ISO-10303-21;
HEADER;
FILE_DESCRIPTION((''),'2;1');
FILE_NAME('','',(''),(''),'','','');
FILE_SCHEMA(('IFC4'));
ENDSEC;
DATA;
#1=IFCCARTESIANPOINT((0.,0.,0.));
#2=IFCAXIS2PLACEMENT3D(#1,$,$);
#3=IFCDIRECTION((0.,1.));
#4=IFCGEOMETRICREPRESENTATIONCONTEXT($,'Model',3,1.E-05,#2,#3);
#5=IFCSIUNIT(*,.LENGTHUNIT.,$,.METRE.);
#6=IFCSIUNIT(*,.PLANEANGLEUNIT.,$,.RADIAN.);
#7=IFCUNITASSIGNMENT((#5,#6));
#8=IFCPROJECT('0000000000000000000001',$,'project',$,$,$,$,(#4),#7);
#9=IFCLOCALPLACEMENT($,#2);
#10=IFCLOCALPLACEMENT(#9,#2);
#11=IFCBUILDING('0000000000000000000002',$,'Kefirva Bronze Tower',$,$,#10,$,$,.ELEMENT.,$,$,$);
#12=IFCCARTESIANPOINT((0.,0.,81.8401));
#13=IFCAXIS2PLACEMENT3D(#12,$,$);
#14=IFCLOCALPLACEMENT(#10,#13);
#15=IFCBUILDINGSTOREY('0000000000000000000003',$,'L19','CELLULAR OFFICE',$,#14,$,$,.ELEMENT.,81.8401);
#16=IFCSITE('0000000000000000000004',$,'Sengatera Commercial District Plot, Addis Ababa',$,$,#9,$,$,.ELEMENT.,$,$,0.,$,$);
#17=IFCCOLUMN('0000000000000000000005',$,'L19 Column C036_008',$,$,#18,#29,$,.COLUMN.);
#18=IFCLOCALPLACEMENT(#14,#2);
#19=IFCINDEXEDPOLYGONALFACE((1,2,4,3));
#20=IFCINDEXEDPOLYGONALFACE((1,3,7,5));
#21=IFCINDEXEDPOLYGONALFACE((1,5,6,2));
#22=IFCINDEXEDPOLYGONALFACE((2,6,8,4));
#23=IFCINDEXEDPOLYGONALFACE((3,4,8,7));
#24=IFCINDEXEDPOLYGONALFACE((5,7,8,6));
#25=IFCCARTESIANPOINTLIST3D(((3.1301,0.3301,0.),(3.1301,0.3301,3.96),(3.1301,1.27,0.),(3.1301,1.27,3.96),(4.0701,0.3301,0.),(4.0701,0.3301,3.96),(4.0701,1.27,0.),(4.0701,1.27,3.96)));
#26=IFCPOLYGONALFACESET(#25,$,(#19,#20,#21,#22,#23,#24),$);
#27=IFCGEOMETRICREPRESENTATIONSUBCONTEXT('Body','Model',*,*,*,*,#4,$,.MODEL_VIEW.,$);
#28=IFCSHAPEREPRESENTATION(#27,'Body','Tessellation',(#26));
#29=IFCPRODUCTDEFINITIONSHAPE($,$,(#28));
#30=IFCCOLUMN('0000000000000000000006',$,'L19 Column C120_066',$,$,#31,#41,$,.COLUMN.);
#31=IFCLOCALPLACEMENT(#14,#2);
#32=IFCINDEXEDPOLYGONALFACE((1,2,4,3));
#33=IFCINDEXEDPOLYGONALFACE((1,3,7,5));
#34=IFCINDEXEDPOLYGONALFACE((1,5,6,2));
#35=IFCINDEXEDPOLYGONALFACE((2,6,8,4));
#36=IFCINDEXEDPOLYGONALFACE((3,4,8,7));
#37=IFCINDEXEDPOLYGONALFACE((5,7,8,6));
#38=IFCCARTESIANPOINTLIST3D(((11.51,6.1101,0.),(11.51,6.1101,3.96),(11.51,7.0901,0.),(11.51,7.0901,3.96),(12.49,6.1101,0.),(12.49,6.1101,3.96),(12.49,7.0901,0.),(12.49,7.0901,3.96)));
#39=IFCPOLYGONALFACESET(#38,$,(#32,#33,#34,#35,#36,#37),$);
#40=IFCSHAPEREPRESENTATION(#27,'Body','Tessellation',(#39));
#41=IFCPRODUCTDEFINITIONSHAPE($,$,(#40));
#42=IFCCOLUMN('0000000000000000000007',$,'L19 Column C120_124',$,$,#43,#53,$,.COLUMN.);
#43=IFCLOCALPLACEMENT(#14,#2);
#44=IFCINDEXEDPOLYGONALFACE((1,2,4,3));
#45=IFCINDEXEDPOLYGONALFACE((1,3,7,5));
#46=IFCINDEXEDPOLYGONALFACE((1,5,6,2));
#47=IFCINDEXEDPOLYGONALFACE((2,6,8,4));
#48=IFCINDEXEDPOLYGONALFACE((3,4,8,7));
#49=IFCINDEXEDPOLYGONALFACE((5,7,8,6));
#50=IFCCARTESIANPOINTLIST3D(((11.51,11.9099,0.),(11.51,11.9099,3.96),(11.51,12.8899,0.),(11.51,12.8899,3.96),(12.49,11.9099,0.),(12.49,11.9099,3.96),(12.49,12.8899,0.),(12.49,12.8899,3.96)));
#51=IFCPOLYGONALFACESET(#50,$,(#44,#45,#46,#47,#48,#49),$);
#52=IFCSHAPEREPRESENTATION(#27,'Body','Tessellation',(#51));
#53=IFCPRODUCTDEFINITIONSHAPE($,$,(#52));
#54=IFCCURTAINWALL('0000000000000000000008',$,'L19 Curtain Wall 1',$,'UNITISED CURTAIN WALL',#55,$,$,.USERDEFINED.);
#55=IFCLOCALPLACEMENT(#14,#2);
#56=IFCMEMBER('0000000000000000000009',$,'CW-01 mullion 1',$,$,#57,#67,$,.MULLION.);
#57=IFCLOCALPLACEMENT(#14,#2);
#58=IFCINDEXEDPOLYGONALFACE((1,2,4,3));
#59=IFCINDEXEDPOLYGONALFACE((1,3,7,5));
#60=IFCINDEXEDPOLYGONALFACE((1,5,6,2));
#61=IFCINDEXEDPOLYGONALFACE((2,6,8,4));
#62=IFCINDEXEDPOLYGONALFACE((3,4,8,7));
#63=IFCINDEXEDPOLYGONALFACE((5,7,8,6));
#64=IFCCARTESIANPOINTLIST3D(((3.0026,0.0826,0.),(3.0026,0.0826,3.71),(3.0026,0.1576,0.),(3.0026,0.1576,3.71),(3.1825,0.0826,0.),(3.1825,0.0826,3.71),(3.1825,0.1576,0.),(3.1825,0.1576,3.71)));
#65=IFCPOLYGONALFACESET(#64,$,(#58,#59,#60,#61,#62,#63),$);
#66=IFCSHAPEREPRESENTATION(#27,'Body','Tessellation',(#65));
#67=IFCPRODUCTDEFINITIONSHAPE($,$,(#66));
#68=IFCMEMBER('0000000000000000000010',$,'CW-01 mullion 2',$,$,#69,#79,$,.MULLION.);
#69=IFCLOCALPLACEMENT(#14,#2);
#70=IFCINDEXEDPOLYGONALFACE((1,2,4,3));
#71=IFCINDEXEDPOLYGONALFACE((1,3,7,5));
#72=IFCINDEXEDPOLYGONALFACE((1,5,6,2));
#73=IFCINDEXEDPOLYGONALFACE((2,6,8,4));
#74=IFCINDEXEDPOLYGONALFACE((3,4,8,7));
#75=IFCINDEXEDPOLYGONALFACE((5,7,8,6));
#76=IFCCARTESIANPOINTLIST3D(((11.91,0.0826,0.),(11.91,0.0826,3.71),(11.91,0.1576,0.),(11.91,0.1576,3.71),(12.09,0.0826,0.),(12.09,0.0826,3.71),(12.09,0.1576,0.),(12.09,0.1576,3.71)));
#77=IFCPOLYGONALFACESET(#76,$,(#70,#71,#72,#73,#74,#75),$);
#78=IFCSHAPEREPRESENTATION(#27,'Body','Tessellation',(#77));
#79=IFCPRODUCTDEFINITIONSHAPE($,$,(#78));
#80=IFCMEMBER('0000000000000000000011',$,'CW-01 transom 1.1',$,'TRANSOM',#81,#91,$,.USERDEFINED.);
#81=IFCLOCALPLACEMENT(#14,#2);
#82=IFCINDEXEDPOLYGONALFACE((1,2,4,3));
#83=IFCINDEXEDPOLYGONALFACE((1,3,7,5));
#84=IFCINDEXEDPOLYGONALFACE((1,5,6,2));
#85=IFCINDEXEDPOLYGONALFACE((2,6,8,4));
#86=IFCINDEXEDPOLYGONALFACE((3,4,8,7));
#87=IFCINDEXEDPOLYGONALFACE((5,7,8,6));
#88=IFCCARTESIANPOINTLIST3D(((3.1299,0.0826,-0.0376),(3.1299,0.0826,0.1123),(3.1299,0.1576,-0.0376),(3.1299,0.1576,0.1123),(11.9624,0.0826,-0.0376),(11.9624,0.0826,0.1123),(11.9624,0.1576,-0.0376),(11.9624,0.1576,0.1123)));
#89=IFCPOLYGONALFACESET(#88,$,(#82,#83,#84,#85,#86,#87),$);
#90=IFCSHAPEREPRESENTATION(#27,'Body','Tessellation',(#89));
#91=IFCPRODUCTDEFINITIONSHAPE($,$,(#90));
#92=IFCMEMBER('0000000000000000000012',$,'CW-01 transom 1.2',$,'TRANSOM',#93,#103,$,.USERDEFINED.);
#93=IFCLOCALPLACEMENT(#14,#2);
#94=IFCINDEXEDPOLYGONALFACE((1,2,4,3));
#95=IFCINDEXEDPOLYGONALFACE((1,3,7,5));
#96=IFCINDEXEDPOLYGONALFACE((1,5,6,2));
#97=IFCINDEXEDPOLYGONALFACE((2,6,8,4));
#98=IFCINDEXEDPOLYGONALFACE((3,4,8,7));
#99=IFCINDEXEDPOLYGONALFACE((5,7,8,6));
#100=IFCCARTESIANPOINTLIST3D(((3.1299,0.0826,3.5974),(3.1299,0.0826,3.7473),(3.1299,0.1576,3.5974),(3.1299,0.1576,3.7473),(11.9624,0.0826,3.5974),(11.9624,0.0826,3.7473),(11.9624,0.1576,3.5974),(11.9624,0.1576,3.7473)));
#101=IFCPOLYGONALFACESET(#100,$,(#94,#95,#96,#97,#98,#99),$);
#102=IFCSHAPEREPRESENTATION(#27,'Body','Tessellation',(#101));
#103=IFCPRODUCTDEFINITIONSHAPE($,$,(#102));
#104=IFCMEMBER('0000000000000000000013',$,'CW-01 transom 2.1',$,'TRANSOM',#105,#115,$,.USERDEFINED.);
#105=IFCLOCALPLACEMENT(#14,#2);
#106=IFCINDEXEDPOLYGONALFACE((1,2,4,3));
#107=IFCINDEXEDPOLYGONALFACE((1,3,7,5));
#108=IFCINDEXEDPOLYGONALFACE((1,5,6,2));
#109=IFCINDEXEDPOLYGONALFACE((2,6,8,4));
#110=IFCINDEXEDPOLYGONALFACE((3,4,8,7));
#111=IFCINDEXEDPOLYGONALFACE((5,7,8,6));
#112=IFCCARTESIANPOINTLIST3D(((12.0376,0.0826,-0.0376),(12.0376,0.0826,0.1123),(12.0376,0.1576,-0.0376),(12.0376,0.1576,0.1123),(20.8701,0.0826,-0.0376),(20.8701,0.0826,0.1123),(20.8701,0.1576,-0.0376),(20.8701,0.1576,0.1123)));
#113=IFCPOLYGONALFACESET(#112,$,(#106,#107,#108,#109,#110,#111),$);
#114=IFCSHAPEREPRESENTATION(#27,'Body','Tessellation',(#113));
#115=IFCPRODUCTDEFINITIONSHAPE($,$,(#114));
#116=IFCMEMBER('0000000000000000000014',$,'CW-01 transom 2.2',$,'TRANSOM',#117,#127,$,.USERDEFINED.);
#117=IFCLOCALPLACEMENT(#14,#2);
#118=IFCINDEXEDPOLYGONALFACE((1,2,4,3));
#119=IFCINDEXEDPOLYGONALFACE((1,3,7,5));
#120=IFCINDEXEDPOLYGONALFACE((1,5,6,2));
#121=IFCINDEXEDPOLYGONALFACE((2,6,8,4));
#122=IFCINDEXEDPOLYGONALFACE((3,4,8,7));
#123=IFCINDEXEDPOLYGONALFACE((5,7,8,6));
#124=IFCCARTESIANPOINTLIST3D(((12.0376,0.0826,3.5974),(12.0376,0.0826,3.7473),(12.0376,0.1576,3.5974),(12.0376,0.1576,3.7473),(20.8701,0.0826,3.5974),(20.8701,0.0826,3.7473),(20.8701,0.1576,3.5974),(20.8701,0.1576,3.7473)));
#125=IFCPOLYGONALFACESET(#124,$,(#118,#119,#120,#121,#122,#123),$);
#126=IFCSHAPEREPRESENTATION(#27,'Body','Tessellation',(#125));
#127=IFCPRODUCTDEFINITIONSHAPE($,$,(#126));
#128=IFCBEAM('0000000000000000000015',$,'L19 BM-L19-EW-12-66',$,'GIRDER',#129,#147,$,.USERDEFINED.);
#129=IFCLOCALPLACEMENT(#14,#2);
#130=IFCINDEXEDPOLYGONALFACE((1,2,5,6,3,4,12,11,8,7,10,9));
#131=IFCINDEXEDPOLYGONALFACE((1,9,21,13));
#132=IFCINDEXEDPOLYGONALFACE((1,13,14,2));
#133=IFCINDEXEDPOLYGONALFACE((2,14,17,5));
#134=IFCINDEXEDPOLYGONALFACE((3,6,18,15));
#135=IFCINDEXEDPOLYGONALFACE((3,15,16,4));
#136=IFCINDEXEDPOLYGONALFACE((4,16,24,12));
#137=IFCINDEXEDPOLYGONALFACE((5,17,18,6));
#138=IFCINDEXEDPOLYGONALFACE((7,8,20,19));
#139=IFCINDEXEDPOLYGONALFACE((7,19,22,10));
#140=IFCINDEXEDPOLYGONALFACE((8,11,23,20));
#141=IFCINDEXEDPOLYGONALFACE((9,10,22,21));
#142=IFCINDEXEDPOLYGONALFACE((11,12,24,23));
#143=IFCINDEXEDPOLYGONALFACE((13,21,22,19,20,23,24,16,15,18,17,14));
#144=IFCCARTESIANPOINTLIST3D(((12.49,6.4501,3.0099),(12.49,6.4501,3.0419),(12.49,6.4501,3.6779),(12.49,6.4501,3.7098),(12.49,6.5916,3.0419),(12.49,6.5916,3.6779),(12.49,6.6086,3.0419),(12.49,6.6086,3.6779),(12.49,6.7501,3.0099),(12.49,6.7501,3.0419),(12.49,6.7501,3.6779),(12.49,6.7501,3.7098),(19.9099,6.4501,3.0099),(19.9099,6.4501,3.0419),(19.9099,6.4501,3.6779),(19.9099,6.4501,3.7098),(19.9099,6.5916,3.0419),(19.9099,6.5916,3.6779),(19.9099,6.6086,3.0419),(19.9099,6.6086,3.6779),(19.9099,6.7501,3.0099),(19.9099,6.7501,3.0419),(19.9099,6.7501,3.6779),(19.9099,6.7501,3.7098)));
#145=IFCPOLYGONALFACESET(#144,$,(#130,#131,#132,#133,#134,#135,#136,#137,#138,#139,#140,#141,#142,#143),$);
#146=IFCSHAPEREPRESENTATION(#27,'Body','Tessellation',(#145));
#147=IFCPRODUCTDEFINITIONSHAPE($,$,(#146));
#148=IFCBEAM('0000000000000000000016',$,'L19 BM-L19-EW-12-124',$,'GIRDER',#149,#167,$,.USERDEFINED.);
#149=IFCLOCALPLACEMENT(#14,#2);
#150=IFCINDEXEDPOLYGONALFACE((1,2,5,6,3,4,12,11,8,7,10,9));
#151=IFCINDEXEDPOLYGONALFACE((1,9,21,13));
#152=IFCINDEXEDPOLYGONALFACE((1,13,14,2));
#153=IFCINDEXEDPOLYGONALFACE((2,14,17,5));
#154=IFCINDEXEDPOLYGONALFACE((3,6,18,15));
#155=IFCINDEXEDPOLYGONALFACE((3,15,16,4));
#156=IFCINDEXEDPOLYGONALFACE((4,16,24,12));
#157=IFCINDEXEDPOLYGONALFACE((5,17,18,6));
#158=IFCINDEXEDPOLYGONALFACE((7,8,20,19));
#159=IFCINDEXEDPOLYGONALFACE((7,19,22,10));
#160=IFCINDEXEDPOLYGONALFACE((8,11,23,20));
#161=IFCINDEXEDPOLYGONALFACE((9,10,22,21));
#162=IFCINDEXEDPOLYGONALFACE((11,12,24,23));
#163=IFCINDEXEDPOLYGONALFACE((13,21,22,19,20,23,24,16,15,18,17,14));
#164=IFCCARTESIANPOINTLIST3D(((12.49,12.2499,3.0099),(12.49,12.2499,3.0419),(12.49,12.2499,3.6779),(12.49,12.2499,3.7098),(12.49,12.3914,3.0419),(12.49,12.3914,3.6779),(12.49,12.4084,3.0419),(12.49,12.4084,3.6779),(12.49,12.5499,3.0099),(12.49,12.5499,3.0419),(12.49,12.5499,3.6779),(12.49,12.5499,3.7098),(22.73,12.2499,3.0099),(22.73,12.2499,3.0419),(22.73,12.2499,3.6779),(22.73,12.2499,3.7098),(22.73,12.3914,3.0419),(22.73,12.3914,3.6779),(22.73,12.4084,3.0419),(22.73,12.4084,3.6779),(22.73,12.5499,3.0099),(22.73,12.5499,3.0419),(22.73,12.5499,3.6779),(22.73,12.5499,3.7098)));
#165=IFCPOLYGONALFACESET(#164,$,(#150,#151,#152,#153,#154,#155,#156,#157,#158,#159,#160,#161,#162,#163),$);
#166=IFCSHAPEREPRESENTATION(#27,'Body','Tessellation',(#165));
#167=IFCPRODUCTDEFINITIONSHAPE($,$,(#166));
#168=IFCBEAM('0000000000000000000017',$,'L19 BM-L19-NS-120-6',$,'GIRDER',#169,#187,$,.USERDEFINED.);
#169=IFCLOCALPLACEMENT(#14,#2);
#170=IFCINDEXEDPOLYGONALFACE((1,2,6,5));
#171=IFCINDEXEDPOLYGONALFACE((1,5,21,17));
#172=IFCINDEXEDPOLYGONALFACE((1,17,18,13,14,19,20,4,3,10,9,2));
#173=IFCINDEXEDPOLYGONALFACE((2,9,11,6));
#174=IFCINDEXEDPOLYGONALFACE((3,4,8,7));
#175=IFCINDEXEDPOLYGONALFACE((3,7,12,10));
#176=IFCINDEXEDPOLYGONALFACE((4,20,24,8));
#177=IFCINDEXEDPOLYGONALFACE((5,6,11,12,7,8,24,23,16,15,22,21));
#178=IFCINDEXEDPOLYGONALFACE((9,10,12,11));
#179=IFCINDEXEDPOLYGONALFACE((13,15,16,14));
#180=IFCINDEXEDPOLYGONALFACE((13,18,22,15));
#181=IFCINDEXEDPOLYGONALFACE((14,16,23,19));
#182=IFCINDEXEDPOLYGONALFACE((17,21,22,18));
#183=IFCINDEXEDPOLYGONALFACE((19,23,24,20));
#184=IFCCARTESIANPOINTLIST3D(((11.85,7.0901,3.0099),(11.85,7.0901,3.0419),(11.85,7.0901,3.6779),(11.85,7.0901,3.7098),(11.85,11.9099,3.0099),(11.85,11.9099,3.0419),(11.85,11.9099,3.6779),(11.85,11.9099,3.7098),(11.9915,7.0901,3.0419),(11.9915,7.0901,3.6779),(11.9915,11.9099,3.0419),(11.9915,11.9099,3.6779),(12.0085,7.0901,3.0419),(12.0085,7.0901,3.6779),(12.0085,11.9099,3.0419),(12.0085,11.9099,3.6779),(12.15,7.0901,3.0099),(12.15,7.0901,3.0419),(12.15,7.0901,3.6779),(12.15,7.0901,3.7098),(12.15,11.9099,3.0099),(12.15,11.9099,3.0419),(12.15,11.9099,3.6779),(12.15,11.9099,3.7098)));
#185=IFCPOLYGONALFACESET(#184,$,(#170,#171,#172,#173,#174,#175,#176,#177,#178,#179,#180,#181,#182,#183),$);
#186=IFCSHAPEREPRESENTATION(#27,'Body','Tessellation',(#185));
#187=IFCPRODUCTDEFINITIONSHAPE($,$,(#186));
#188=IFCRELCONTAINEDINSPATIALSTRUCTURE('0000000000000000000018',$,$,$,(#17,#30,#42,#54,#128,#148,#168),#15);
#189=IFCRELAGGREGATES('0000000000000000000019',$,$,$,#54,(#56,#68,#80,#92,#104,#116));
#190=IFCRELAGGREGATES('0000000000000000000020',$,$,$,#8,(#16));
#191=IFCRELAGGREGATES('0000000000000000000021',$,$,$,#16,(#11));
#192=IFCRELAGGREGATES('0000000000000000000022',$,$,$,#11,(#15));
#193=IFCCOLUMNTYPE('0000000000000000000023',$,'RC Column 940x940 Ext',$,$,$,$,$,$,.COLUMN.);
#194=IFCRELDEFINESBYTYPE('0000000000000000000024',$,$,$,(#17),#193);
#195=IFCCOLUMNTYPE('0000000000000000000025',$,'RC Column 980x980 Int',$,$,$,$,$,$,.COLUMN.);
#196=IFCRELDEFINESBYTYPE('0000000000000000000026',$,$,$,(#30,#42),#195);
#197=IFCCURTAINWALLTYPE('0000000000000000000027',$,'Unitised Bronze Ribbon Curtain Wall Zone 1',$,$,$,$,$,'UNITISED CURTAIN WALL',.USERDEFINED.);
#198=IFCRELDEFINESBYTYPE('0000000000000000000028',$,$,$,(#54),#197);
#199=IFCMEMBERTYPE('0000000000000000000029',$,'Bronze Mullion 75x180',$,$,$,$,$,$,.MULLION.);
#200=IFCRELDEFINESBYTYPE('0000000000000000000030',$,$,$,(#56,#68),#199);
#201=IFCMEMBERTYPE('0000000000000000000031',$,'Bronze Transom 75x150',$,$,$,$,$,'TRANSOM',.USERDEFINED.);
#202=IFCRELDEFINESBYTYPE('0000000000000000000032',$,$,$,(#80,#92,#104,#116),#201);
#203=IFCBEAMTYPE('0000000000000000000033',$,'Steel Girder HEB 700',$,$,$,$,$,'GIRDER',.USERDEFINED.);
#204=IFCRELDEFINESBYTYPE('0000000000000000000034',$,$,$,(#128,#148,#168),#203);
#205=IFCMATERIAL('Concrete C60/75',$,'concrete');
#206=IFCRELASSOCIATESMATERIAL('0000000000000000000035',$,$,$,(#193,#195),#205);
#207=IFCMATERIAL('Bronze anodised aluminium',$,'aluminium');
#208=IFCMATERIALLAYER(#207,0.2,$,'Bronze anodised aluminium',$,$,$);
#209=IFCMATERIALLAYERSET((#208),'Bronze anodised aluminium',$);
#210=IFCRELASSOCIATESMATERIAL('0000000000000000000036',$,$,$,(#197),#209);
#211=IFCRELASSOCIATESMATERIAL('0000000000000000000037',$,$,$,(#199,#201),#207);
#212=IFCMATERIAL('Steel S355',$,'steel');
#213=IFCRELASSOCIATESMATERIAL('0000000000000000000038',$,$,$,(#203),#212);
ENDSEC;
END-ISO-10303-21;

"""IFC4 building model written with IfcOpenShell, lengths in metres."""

from ifc_helpers import new_model, si_unit, direction, frame, origin, origin_2d, place, context, subcontext, project, spatial, rectangle, i_section, extrude, material, layer, layer_set, material_profile, profile_set, type_object, element, aggregate, save


model = new_model("IFC4")

# Units and contexts
model_context = context("Model", 3, precision=1e-05, world=origin(), true_north=direction((0.0, 1.0)))
body_context = subcontext(model_context, "Body", "Model", "MODEL_VIEW")
ifc_project = project(units=[si_unit("LENGTHUNIT", "METRE"), si_unit("PLANEANGLEUNIT", "RADIAN")], contexts=[model_context])

# Site, building, storey
site_placement = place(None, origin())
site = spatial("IfcSite", under=ifc_project, at=site_placement, Name="Sengatera Commercial District Plot, Addis Ababa", CompositionType="ELEMENT", RefElevation=0.0)
building_placement = place(site_placement, origin())
building = spatial("IfcBuilding", under=site, at=building_placement, Name="Kefirva Bronze Tower", CompositionType="ELEMENT")
storey_placement = place(building_placement, frame((0.0, 0.0, 81.8401)))
storey = spatial("IfcBuildingStorey", under=building, at=storey_placement, Name="L19", Description="CELLULAR OFFICE", CompositionType="ELEMENT", Elevation=81.8401)

# Columns
ifc_material_1 = material(Name="Concrete C60/75", Category="concrete")
ifc_material_profile_1 = material_profile(ifc_material_1, rectangle(XDim=0.9399, YDim=0.9399, at=origin_2d()), Name="RC 940x940")
ifc_profile_set_1 = profile_set([ifc_material_profile_1], Name="Concrete C60/75")
column_type_1 = type_object("IfcColumnType", Name="RC Column 940x940 Ext", PredefinedType="COLUMN", material=ifc_profile_set_1)
column_placement = place(storey_placement, frame((3.6001, 0.8, 0.0), z_axis=(0.0, 0.0, 1.0), x_axis=(1.0, 0.0, 0.0)))
element("IfcColumn", 1, at=column_placement, inside=storey, type_object=column_type_1, Name="L19 Column C036_008", PredefinedType="COLUMN", context=body_context, shape_type="SweptSolid", body=[
    extrude(rectangle(XDim=0.9399, YDim=0.9399, at=origin_2d()), origin(), (0.0, 0.0, 1.0), 3.96),
])
ifc_material_profile_2 = material_profile(ifc_material_1, rectangle(XDim=0.98, YDim=0.98, at=origin_2d()), Name="RC 980x980")
ifc_profile_set_2 = profile_set([ifc_material_profile_2], Name="Concrete C60/75")
column_type_2 = type_object("IfcColumnType", Name="RC Column 980x980 Int", PredefinedType="COLUMN", material=ifc_profile_set_2)
for number, where, z_axis, x_axis, name in (
    (2, (12.0, 6.6001, 0.0), (0.0, 0.0, 1.0), (1.0, 0.0, 0.0), "L19 Column C120_066"),
    (3, (12.0, 12.3999, 0.0), (0.0, 0.0, 1.0), (1.0, 0.0, 0.0), "L19 Column C120_124"),
):
    element("IfcColumn", number, at=place(storey_placement, frame(where, z_axis=z_axis, x_axis=x_axis)), inside=storey, type_object=column_type_2, Name=name, PredefinedType="COLUMN", context=body_context, shape_type="SweptSolid", body=[
        extrude(rectangle(XDim=0.98, YDim=0.98, at=origin_2d()), origin(), (0.0, 0.0, 1.0), 3.96),
    ])

# Curtain wall, members
ifc_material_2 = material(Name="Bronze anodised aluminium", Category="aluminium")
ifc_layer_1 = layer(ifc_material_2, 0.2, Name="Bronze anodised aluminium")
ifc_layer_set_1 = layer_set([ifc_layer_1], Name="Bronze anodised aluminium")
curtain_wall_type = type_object("IfcCurtainWallType", Name="Unitised Bronze Ribbon Curtain Wall Zone 1", ElementType="UNITISED CURTAIN WALL", PredefinedType="USERDEFINED", material=ifc_layer_set_1)
curtain_wall_placement = place(storey_placement, origin())
curtain_wall = element("IfcCurtainWall", 4, at=curtain_wall_placement, inside=storey, type_object=curtain_wall_type, Name="L19 Curtain Wall 1", ObjectType="UNITISED CURTAIN WALL", PredefinedType="USERDEFINED")
ifc_material_profile_3 = material_profile(ifc_material_2, rectangle(XDim=0.075, YDim=0.1799, at=origin_2d()), Name="ALU 75x180")
ifc_profile_set_3 = profile_set([ifc_material_profile_3], Name="Bronze anodised aluminium")
member_type_1 = type_object("IfcMemberType", Name="Bronze Mullion 75x180", PredefinedType="MULLION", material=ifc_profile_set_3)
member_1_placement = place(storey_placement, frame((3.0925, 0.1201, 0.0), z_axis=(0.0, 0.0, 1.0), x_axis=(0.0, 1.0, 0.0)))
member_1 = element("IfcMember", 5, at=member_1_placement, type_object=member_type_1, Name="CW-01 mullion 1", PredefinedType="MULLION", context=body_context, shape_type="SweptSolid", body=[
    extrude(rectangle(XDim=0.075, YDim=0.1799, at=origin_2d()), origin(), (0.0, 0.0, 1.0), 3.71),
])
member_2_placement = place(storey_placement, frame((12.0, 0.1201, 0.0), z_axis=(0.0, 0.0, 1.0), x_axis=(0.0, 1.0, 0.0)))
member_2 = element("IfcMember", 6, at=member_2_placement, type_object=member_type_1, Name="CW-01 mullion 2", PredefinedType="MULLION", context=body_context, shape_type="SweptSolid", body=[
    extrude(rectangle(XDim=0.075, YDim=0.1799, at=origin_2d()), origin(), (0.0, 0.0, 1.0), 3.71),
])
ifc_material_profile_4 = material_profile(ifc_material_2, rectangle(XDim=0.075, YDim=0.1499, at=origin_2d()), Name="ALU 75x150")
ifc_profile_set_4 = profile_set([ifc_material_profile_4], Name="Bronze anodised aluminium")
member_type_2 = type_object("IfcMemberType", Name="Bronze Transom 75x150", ElementType="TRANSOM", PredefinedType="USERDEFINED", material=ifc_profile_set_4)
member_3_placement = place(storey_placement, frame((3.1299, 0.1201, 0.0374), z_axis=(1.0, 0.0, 0.0), x_axis=(0.0, 1.0, 0.0)))
member_3 = element("IfcMember", 7, at=member_3_placement, type_object=member_type_2, Name="CW-01 transom 1.1", ObjectType="TRANSOM", PredefinedType="USERDEFINED", context=body_context, shape_type="SweptSolid", body=[
    extrude(rectangle(XDim=0.075, YDim=0.1499, at=origin_2d()), origin(), (0.0, 0.0, 1.0), 8.8325),
])
member_4_placement = place(storey_placement, frame((3.1299, 0.1201, 3.6724), z_axis=(1.0, 0.0, 0.0), x_axis=(0.0, 1.0, 0.0)))
member_4 = element("IfcMember", 8, at=member_4_placement, type_object=member_type_2, Name="CW-01 transom 1.2", ObjectType="TRANSOM", PredefinedType="USERDEFINED", context=body_context, shape_type="SweptSolid", body=[
    extrude(rectangle(XDim=0.075, YDim=0.1499, at=origin_2d()), origin(), (0.0, 0.0, 1.0), 8.8325),
])
member_5_placement = place(storey_placement, frame((12.0376, 0.1201, 0.0374), z_axis=(1.0, 0.0, 0.0), x_axis=(0.0, 1.0, 0.0)))
member_5 = element("IfcMember", 9, at=member_5_placement, type_object=member_type_2, Name="CW-01 transom 2.1", ObjectType="TRANSOM", PredefinedType="USERDEFINED", context=body_context, shape_type="SweptSolid", body=[
    extrude(rectangle(XDim=0.075, YDim=0.1499, at=origin_2d()), origin(), (0.0, 0.0, 1.0), 8.8325),
])
member_6_placement = place(storey_placement, frame((12.0376, 0.1201, 3.6724), z_axis=(1.0, 0.0, 0.0), x_axis=(0.0, 1.0, 0.0)))
member_6 = element("IfcMember", 10, at=member_6_placement, type_object=member_type_2, Name="CW-01 transom 2.2", ObjectType="TRANSOM", PredefinedType="USERDEFINED", context=body_context, shape_type="SweptSolid", body=[
    extrude(rectangle(XDim=0.075, YDim=0.1499, at=origin_2d()), origin(), (0.0, 0.0, 1.0), 8.8325),
])

# Beams
ifc_material_3 = material(Name="Steel S355", Category="steel")
ifc_material_profile_5 = material_profile(ifc_material_3, i_section(OverallWidth=0.3, OverallDepth=0.7, WebThickness=0.0171, FlangeThickness=0.032, at=origin_2d()), Name="HEB 700")
ifc_profile_set_5 = profile_set([ifc_material_profile_5], Name="Steel S355")
beam_type_1 = type_object("IfcBeamType", Name="Steel Girder HEB 700", ElementType="GIRDER", PredefinedType="USERDEFINED", material=ifc_profile_set_5)
beam_1_placement = place(storey_placement, frame((12.49, 6.6001, 3.3599), z_axis=(1.0, 0.0, 0.0), x_axis=(0.0, 1.0, 0.0)))
element("IfcBeam", 11, at=beam_1_placement, inside=storey, type_object=beam_type_1, Name="L19 BM-L19-EW-12-66", ObjectType="GIRDER", PredefinedType="USERDEFINED", context=body_context, shape_type="SweptSolid", body=[
    extrude(i_section(OverallWidth=0.3, OverallDepth=0.7, WebThickness=0.0171, FlangeThickness=0.032, at=origin_2d()), origin(), (0.0, 0.0, 1.0), 7.4199),
])
beam_2_placement = place(storey_placement, frame((12.49, 12.3999, 3.3599), z_axis=(1.0, 0.0, 0.0), x_axis=(0.0, 1.0, 0.0)))
element("IfcBeam", 12, at=beam_2_placement, inside=storey, type_object=beam_type_1, Name="L19 BM-L19-EW-12-124", ObjectType="GIRDER", PredefinedType="USERDEFINED", context=body_context, shape_type="SweptSolid", body=[
    extrude(i_section(OverallWidth=0.3, OverallDepth=0.7, WebThickness=0.0171, FlangeThickness=0.032, at=origin_2d()), origin(), (0.0, 0.0, 1.0), 10.24),
])
beam_3_placement = place(storey_placement, frame((12.0, 7.0901, 3.3599), z_axis=(0.0, 1.0, 0.0), x_axis=(-1.0, 0.0, 0.0)))
element("IfcBeam", 13, at=beam_3_placement, inside=storey, type_object=beam_type_1, Name="L19 BM-L19-NS-120-6", ObjectType="GIRDER", PredefinedType="USERDEFINED", context=body_context, shape_type="SweptSolid", body=[
    extrude(i_section(OverallWidth=0.3, OverallDepth=0.7, WebThickness=0.0171, FlangeThickness=0.032, at=origin_2d()), origin(), (0.0, 0.0, 1.0), 4.8198),
])

aggregate(curtain_wall, [member_1, member_2, member_3, member_4, member_5, member_6])

save(model, "model.ifc")
